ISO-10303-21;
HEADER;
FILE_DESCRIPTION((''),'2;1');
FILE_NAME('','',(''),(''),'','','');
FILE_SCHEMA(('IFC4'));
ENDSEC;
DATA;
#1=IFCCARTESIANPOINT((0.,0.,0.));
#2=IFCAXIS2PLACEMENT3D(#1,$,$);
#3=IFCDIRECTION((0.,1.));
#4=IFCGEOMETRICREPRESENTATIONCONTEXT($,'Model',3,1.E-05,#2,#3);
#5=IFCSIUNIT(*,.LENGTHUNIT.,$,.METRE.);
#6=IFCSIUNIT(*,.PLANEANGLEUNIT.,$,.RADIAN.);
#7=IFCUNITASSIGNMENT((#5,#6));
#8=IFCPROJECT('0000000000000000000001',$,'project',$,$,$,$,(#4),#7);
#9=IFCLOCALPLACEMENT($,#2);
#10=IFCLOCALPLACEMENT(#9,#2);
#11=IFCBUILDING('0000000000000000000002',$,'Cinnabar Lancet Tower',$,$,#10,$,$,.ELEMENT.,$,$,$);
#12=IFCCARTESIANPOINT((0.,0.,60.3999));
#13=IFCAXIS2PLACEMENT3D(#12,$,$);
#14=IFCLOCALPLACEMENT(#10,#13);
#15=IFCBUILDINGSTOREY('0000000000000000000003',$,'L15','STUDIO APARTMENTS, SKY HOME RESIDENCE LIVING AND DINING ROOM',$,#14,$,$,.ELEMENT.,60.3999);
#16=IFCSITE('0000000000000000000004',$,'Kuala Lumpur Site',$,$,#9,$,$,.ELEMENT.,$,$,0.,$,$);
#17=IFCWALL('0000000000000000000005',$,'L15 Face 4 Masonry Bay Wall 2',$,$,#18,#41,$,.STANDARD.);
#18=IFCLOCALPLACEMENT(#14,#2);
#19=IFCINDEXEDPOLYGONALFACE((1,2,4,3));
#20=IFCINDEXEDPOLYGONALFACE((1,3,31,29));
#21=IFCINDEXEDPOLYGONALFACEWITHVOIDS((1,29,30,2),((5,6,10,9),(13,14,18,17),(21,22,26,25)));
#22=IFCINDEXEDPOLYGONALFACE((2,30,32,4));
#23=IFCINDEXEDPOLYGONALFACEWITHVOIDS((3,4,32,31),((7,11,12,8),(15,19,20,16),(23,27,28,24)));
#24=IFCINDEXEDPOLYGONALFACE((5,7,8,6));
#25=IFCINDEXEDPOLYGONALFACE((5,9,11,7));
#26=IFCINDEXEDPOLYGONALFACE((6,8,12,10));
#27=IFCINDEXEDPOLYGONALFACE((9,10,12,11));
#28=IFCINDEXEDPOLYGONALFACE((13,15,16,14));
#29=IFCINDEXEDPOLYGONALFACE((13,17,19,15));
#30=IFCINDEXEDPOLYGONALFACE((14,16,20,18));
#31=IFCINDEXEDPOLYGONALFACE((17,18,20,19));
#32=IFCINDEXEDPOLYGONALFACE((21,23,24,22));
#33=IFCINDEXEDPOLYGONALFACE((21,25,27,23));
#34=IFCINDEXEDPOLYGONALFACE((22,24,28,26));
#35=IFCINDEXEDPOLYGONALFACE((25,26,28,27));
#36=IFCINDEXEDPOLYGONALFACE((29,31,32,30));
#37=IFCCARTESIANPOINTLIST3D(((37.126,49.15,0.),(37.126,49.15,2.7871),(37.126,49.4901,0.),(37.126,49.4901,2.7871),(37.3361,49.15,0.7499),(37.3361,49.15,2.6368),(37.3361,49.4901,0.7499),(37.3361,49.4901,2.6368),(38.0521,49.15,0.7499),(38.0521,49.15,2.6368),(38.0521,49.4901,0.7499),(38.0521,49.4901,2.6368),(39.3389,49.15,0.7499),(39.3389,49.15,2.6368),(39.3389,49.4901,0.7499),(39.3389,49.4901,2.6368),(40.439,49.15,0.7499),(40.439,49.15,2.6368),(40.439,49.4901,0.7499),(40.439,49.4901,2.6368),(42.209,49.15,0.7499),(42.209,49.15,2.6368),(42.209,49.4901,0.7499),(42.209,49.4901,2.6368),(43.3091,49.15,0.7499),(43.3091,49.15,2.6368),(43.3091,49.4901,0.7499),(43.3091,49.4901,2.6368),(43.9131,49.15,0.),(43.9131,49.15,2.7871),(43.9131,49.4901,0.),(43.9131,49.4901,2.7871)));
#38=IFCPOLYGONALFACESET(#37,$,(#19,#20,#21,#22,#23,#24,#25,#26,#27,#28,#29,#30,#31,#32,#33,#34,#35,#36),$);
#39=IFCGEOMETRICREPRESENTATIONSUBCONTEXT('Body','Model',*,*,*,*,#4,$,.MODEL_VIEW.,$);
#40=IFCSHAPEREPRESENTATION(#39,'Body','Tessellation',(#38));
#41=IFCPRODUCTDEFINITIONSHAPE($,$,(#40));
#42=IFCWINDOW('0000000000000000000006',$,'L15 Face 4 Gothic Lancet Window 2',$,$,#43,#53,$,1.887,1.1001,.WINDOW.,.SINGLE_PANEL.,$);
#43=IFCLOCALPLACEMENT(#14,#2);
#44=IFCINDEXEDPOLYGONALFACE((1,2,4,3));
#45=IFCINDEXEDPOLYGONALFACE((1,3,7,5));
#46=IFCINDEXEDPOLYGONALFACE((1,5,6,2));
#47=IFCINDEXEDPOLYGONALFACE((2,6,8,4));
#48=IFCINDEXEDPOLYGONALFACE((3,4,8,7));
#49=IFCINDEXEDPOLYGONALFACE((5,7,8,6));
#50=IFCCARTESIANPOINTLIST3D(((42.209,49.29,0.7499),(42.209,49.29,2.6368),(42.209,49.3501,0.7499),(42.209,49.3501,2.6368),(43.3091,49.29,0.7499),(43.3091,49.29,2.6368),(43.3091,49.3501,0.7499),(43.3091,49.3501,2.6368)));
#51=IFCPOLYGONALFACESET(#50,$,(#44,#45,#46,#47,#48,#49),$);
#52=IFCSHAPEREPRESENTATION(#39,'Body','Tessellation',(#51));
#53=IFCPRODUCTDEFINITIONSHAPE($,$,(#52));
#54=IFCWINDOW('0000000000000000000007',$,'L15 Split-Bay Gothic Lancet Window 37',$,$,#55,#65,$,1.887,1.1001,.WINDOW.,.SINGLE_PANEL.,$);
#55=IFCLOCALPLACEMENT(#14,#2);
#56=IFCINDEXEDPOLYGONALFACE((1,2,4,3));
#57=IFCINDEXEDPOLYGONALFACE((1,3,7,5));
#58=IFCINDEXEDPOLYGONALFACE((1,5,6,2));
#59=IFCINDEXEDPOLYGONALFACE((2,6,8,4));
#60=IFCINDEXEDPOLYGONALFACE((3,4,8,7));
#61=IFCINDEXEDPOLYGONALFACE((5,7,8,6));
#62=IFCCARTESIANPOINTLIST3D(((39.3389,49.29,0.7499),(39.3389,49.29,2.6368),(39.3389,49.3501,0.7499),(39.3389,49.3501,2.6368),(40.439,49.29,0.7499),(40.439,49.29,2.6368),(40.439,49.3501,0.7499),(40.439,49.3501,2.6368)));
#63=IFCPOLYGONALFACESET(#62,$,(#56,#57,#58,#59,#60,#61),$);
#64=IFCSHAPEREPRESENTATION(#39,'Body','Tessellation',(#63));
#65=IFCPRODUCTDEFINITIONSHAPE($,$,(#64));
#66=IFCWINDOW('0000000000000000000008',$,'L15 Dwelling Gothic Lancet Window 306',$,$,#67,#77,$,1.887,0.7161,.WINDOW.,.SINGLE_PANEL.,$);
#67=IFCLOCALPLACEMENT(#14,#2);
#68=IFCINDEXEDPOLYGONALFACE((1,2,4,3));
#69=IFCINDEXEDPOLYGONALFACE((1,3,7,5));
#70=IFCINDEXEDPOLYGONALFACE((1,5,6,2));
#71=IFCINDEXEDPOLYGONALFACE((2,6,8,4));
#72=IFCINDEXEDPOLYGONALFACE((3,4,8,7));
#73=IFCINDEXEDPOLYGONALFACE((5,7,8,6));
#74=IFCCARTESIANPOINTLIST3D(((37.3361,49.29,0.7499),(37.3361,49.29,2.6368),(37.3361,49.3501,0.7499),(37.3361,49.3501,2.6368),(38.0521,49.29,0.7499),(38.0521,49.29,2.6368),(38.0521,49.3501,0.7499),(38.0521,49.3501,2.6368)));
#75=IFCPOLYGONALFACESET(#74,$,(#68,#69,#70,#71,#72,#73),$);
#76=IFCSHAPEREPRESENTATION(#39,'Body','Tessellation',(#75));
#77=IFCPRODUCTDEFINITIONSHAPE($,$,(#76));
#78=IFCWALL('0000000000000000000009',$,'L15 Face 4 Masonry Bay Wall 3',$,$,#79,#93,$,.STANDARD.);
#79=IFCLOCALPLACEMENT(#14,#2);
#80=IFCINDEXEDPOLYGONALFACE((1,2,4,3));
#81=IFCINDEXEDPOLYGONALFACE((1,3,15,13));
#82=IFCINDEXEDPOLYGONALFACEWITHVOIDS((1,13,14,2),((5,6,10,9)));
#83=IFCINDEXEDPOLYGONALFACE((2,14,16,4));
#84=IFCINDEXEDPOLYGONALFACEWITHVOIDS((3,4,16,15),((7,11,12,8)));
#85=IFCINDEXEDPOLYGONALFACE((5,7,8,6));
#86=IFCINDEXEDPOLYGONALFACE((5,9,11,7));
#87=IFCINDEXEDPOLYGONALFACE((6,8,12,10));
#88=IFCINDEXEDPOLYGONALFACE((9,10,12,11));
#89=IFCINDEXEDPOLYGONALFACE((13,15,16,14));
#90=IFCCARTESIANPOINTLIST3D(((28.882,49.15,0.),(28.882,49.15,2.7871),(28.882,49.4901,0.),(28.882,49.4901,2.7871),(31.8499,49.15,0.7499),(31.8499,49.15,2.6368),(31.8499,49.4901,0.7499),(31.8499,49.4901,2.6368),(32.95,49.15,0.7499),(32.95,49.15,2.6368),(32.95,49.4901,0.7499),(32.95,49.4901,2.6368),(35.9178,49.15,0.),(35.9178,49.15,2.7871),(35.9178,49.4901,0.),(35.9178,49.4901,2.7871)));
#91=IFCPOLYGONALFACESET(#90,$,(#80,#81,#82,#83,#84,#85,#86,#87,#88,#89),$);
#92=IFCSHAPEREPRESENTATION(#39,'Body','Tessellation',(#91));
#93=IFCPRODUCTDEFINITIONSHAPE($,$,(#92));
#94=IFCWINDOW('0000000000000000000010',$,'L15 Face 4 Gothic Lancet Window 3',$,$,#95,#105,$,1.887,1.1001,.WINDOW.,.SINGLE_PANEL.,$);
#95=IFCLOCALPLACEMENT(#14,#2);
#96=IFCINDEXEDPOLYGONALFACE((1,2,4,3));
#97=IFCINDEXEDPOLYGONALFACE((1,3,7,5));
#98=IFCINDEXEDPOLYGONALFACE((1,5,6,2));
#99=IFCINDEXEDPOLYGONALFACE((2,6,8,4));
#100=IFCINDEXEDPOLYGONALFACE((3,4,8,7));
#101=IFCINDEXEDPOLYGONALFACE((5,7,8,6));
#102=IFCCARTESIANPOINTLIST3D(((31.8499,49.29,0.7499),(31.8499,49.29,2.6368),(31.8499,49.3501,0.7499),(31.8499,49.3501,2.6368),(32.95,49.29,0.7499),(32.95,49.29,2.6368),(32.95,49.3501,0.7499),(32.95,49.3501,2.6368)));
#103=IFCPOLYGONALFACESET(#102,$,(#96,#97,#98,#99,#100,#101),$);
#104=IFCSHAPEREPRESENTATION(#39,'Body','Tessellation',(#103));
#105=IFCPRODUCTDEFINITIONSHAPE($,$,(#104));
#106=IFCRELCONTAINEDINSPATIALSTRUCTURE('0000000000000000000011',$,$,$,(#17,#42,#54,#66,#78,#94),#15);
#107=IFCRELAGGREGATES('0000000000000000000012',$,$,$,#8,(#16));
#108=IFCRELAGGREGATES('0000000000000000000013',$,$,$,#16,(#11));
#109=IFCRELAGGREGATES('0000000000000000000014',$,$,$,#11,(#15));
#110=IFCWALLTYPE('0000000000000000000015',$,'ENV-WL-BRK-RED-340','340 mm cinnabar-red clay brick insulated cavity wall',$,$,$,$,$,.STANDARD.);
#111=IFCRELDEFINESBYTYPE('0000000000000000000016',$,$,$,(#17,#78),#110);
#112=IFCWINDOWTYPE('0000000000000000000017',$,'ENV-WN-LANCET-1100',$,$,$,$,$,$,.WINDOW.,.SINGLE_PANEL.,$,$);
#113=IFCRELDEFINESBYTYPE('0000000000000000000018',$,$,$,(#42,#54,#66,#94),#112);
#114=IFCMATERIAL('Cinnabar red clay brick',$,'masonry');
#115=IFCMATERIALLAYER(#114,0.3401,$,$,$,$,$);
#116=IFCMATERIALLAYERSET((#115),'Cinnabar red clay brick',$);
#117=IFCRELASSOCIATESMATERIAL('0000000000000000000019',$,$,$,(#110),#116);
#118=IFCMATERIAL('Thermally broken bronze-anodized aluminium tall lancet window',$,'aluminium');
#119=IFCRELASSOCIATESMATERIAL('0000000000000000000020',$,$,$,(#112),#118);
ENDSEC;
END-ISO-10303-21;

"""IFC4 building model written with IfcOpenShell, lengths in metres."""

from ifc_helpers import new_model, si_unit, direction, frame, frame_2d, origin, place, context, subcontext, project, spatial, rectangle, extrude, material, layer, layer_set, type_object, element, fill, save


model = new_model("IFC4")

# Units and contexts
model_context = context("Model", 3, precision=1e-05, world=origin(), true_north=direction((0.0, 1.0)))
body_context = subcontext(model_context, "Body", "Model", "MODEL_VIEW")
ifc_project = project(units=[si_unit("LENGTHUNIT", "METRE"), si_unit("PLANEANGLEUNIT", "RADIAN")], contexts=[model_context])

# Site, building, storey
site_placement = place(None, origin())
site = spatial("IfcSite", under=ifc_project, at=site_placement, Name="Kuala Lumpur Site", CompositionType="ELEMENT", RefElevation=0.0)
building_placement = place(site_placement, origin())
building = spatial("IfcBuilding", under=site, at=building_placement, Name="Cinnabar Lancet Tower", CompositionType="ELEMENT")
storey_placement = place(building_placement, frame((0.0, 0.0, 60.3999)))
storey = spatial("IfcBuildingStorey", under=building, at=storey_placement, Name="L15", Description="STUDIO APARTMENTS, SKY HOME RESIDENCE LIVING AND DINING ROOM", CompositionType="ELEMENT", Elevation=60.3999)

# Wall, openings, windows
ifc_material_1 = material(Name="Cinnabar red clay brick", Category="masonry")
ifc_layer_1 = layer(ifc_material_1, 0.3401)
ifc_layer_set_1 = layer_set([ifc_layer_1], Name="Cinnabar red clay brick")
wall_type_1 = type_object("IfcWallType", Name="ENV-WL-BRK-RED-340", Description="340 mm cinnabar-red clay brick insulated cavity wall", PredefinedType="STANDARD", material=ifc_layer_set_1)
wall_1_placement = place(storey_placement, frame((43.9131, 49.3201, 0.0), z_axis=(0.0, 0.0, 1.0), x_axis=(-1.0, 0.0, 0.0)))
wall_1 = element("IfcWall", 1, at=wall_1_placement, inside=storey, type_object=wall_type_1, Name="L15 Face 4 Masonry Bay Wall 2", PredefinedType="STANDARD", context=body_context, shape_type="SweptSolid", body=[
    extrude(rectangle(XDim=6.7871, YDim=0.3401, at=frame_2d((3.3936, 0.0))), origin(), (0.0, 0.0, 1.0), 2.7871),
])
opening_1_placement = place(wall_1_placement, frame((0.604, 0.0, 0.75)))
opening_1 = element("IfcOpeningElement", 2, at=opening_1_placement, cuts=wall_1, PredefinedType="OPENING", context=body_context, shape_type="SweptSolid", body=[
    extrude(rectangle(XDim=1.1001, YDim=1.887, at=frame_2d((0.55, 0.9434))), frame((0.0, 0.1799, 0.0), z_axis=(0.0, -1.0, 0.0), x_axis=(1.0, 0.0, 0.0)), (0.0, 0.0, 1.0), 0.3601),
])
opening_2_placement = place(wall_1_placement, frame((3.4741, 0.0, 0.75)))
opening_2 = element("IfcOpeningElement", 3, at=opening_2_placement, cuts=wall_1, PredefinedType="OPENING", context=body_context, shape_type="SweptSolid", body=[
    extrude(rectangle(XDim=1.1001, YDim=1.887, at=frame_2d((0.55, 0.9434))), frame((0.0, 0.1799, 0.0), z_axis=(0.0, -1.0, 0.0), x_axis=(1.0, 0.0, 0.0)), (0.0, 0.0, 1.0), 0.3601),
])
opening_3_placement = place(wall_1_placement, frame((5.8611, 0.0, 0.75)))
opening_3 = element("IfcOpeningElement", 4, at=opening_3_placement, cuts=wall_1, PredefinedType="OPENING", context=body_context, shape_type="SweptSolid", body=[
    extrude(rectangle(XDim=0.7161, YDim=1.887, at=frame_2d((0.3579, 0.9434))), frame((0.0, 0.1799, 0.0), z_axis=(0.0, -1.0, 0.0), x_axis=(1.0, 0.0, 0.0)), (0.0, 0.0, 1.0), 0.3601),
])
ifc_material_2 = material(Name="Thermally broken bronze-anodized aluminium tall lancet window", Category="aluminium")
window_type = type_object("IfcWindowType", Name="ENV-WN-LANCET-1100", PartitioningType="SINGLE_PANEL", PredefinedType="WINDOW", material=ifc_material_2)
window_1_placement = place(opening_1_placement, origin())
window_1 = element("IfcWindow", 5, at=window_1_placement, inside=storey, type_object=window_type, Name="L15 Face 4 Gothic Lancet Window 2", OverallHeight=1.887, OverallWidth=1.1001, PartitioningType="SINGLE_PANEL", PredefinedType="WINDOW", context=body_context, shape_type="SweptSolid", body=[
    extrude(rectangle(XDim=1.1001, YDim=1.887, at=frame_2d((0.55, 0.9434))), frame((0.0, 0.03, 0.0), z_axis=(0.0, -1.0, 0.0), x_axis=(1.0, 0.0, 0.0)), (0.0, 0.0, 1.0), 0.0601),
])
fill(opening_1, window_1)
window_2_placement = place(opening_2_placement, origin())
window_2 = element("IfcWindow", 6, at=window_2_placement, inside=storey, type_object=window_type, Name="L15 Split-Bay Gothic Lancet Window 37", OverallHeight=1.887, OverallWidth=1.1001, PartitioningType="SINGLE_PANEL", PredefinedType="WINDOW", context=body_context, shape_type="SweptSolid", body=[
    extrude(rectangle(XDim=1.1001, YDim=1.887, at=frame_2d((0.55, 0.9434))), frame((0.0, 0.03, 0.0), z_axis=(0.0, -1.0, 0.0), x_axis=(1.0, 0.0, 0.0)), (0.0, 0.0, 1.0), 0.0601),
])
fill(opening_2, window_2)
window_3_placement = place(opening_3_placement, origin())
window_3 = element("IfcWindow", 7, at=window_3_placement, inside=storey, type_object=window_type, Name="L15 Dwelling Gothic Lancet Window 306", OverallHeight=1.887, OverallWidth=0.7161, PartitioningType="SINGLE_PANEL", PredefinedType="WINDOW", context=body_context, shape_type="SweptSolid", body=[
    extrude(rectangle(XDim=0.7161, YDim=1.887, at=frame_2d((0.3579, 0.9434))), frame((0.0, 0.03, 0.0), z_axis=(0.0, -1.0, 0.0), x_axis=(1.0, 0.0, 0.0)), (0.0, 0.0, 1.0), 0.0601),
])
fill(opening_3, window_3)

# Wall, opening, window
wall_2_placement = place(storey_placement, frame((35.918, 49.3201, 0.0), z_axis=(0.0, 0.0, 1.0), x_axis=(-1.0, 0.0, 0.0)))
wall_2 = element("IfcWall", 8, at=wall_2_placement, inside=storey, type_object=wall_type_1, Name="L15 Face 4 Masonry Bay Wall 3", PredefinedType="STANDARD", context=body_context, shape_type="SweptSolid", body=[
    extrude(rectangle(XDim=7.0359, YDim=0.3401, at=frame_2d((3.5181, 0.0))), origin(), (0.0, 0.0, 1.0), 2.7871),
])
opening_4_placement = place(wall_2_placement, frame((2.968, 0.0, 0.75)))
opening_4 = element("IfcOpeningElement", 9, at=opening_4_placement, cuts=wall_2, PredefinedType="OPENING", context=body_context, shape_type="SweptSolid", body=[
    extrude(rectangle(XDim=1.1001, YDim=1.887, at=frame_2d((0.55, 0.9434))), frame((0.0, 0.1799, 0.0), z_axis=(0.0, -1.0, 0.0), x_axis=(1.0, 0.0, 0.0)), (0.0, 0.0, 1.0), 0.3601),
])
window_4_placement = place(opening_4_placement, origin())
window_4 = element("IfcWindow", 10, at=window_4_placement, inside=storey, type_object=window_type, Name="L15 Face 4 Gothic Lancet Window 3", OverallHeight=1.887, OverallWidth=1.1001, PartitioningType="SINGLE_PANEL", PredefinedType="WINDOW", context=body_context, shape_type="SweptSolid", body=[
    extrude(rectangle(XDim=1.1001, YDim=1.887, at=frame_2d((0.55, 0.9434))), frame((0.0, 0.03, 0.0), z_axis=(0.0, -1.0, 0.0), x_axis=(1.0, 0.0, 0.0)), (0.0, 0.0, 1.0), 0.0601),
])
fill(opening_4, window_4)

save(model, "model.ifc")
